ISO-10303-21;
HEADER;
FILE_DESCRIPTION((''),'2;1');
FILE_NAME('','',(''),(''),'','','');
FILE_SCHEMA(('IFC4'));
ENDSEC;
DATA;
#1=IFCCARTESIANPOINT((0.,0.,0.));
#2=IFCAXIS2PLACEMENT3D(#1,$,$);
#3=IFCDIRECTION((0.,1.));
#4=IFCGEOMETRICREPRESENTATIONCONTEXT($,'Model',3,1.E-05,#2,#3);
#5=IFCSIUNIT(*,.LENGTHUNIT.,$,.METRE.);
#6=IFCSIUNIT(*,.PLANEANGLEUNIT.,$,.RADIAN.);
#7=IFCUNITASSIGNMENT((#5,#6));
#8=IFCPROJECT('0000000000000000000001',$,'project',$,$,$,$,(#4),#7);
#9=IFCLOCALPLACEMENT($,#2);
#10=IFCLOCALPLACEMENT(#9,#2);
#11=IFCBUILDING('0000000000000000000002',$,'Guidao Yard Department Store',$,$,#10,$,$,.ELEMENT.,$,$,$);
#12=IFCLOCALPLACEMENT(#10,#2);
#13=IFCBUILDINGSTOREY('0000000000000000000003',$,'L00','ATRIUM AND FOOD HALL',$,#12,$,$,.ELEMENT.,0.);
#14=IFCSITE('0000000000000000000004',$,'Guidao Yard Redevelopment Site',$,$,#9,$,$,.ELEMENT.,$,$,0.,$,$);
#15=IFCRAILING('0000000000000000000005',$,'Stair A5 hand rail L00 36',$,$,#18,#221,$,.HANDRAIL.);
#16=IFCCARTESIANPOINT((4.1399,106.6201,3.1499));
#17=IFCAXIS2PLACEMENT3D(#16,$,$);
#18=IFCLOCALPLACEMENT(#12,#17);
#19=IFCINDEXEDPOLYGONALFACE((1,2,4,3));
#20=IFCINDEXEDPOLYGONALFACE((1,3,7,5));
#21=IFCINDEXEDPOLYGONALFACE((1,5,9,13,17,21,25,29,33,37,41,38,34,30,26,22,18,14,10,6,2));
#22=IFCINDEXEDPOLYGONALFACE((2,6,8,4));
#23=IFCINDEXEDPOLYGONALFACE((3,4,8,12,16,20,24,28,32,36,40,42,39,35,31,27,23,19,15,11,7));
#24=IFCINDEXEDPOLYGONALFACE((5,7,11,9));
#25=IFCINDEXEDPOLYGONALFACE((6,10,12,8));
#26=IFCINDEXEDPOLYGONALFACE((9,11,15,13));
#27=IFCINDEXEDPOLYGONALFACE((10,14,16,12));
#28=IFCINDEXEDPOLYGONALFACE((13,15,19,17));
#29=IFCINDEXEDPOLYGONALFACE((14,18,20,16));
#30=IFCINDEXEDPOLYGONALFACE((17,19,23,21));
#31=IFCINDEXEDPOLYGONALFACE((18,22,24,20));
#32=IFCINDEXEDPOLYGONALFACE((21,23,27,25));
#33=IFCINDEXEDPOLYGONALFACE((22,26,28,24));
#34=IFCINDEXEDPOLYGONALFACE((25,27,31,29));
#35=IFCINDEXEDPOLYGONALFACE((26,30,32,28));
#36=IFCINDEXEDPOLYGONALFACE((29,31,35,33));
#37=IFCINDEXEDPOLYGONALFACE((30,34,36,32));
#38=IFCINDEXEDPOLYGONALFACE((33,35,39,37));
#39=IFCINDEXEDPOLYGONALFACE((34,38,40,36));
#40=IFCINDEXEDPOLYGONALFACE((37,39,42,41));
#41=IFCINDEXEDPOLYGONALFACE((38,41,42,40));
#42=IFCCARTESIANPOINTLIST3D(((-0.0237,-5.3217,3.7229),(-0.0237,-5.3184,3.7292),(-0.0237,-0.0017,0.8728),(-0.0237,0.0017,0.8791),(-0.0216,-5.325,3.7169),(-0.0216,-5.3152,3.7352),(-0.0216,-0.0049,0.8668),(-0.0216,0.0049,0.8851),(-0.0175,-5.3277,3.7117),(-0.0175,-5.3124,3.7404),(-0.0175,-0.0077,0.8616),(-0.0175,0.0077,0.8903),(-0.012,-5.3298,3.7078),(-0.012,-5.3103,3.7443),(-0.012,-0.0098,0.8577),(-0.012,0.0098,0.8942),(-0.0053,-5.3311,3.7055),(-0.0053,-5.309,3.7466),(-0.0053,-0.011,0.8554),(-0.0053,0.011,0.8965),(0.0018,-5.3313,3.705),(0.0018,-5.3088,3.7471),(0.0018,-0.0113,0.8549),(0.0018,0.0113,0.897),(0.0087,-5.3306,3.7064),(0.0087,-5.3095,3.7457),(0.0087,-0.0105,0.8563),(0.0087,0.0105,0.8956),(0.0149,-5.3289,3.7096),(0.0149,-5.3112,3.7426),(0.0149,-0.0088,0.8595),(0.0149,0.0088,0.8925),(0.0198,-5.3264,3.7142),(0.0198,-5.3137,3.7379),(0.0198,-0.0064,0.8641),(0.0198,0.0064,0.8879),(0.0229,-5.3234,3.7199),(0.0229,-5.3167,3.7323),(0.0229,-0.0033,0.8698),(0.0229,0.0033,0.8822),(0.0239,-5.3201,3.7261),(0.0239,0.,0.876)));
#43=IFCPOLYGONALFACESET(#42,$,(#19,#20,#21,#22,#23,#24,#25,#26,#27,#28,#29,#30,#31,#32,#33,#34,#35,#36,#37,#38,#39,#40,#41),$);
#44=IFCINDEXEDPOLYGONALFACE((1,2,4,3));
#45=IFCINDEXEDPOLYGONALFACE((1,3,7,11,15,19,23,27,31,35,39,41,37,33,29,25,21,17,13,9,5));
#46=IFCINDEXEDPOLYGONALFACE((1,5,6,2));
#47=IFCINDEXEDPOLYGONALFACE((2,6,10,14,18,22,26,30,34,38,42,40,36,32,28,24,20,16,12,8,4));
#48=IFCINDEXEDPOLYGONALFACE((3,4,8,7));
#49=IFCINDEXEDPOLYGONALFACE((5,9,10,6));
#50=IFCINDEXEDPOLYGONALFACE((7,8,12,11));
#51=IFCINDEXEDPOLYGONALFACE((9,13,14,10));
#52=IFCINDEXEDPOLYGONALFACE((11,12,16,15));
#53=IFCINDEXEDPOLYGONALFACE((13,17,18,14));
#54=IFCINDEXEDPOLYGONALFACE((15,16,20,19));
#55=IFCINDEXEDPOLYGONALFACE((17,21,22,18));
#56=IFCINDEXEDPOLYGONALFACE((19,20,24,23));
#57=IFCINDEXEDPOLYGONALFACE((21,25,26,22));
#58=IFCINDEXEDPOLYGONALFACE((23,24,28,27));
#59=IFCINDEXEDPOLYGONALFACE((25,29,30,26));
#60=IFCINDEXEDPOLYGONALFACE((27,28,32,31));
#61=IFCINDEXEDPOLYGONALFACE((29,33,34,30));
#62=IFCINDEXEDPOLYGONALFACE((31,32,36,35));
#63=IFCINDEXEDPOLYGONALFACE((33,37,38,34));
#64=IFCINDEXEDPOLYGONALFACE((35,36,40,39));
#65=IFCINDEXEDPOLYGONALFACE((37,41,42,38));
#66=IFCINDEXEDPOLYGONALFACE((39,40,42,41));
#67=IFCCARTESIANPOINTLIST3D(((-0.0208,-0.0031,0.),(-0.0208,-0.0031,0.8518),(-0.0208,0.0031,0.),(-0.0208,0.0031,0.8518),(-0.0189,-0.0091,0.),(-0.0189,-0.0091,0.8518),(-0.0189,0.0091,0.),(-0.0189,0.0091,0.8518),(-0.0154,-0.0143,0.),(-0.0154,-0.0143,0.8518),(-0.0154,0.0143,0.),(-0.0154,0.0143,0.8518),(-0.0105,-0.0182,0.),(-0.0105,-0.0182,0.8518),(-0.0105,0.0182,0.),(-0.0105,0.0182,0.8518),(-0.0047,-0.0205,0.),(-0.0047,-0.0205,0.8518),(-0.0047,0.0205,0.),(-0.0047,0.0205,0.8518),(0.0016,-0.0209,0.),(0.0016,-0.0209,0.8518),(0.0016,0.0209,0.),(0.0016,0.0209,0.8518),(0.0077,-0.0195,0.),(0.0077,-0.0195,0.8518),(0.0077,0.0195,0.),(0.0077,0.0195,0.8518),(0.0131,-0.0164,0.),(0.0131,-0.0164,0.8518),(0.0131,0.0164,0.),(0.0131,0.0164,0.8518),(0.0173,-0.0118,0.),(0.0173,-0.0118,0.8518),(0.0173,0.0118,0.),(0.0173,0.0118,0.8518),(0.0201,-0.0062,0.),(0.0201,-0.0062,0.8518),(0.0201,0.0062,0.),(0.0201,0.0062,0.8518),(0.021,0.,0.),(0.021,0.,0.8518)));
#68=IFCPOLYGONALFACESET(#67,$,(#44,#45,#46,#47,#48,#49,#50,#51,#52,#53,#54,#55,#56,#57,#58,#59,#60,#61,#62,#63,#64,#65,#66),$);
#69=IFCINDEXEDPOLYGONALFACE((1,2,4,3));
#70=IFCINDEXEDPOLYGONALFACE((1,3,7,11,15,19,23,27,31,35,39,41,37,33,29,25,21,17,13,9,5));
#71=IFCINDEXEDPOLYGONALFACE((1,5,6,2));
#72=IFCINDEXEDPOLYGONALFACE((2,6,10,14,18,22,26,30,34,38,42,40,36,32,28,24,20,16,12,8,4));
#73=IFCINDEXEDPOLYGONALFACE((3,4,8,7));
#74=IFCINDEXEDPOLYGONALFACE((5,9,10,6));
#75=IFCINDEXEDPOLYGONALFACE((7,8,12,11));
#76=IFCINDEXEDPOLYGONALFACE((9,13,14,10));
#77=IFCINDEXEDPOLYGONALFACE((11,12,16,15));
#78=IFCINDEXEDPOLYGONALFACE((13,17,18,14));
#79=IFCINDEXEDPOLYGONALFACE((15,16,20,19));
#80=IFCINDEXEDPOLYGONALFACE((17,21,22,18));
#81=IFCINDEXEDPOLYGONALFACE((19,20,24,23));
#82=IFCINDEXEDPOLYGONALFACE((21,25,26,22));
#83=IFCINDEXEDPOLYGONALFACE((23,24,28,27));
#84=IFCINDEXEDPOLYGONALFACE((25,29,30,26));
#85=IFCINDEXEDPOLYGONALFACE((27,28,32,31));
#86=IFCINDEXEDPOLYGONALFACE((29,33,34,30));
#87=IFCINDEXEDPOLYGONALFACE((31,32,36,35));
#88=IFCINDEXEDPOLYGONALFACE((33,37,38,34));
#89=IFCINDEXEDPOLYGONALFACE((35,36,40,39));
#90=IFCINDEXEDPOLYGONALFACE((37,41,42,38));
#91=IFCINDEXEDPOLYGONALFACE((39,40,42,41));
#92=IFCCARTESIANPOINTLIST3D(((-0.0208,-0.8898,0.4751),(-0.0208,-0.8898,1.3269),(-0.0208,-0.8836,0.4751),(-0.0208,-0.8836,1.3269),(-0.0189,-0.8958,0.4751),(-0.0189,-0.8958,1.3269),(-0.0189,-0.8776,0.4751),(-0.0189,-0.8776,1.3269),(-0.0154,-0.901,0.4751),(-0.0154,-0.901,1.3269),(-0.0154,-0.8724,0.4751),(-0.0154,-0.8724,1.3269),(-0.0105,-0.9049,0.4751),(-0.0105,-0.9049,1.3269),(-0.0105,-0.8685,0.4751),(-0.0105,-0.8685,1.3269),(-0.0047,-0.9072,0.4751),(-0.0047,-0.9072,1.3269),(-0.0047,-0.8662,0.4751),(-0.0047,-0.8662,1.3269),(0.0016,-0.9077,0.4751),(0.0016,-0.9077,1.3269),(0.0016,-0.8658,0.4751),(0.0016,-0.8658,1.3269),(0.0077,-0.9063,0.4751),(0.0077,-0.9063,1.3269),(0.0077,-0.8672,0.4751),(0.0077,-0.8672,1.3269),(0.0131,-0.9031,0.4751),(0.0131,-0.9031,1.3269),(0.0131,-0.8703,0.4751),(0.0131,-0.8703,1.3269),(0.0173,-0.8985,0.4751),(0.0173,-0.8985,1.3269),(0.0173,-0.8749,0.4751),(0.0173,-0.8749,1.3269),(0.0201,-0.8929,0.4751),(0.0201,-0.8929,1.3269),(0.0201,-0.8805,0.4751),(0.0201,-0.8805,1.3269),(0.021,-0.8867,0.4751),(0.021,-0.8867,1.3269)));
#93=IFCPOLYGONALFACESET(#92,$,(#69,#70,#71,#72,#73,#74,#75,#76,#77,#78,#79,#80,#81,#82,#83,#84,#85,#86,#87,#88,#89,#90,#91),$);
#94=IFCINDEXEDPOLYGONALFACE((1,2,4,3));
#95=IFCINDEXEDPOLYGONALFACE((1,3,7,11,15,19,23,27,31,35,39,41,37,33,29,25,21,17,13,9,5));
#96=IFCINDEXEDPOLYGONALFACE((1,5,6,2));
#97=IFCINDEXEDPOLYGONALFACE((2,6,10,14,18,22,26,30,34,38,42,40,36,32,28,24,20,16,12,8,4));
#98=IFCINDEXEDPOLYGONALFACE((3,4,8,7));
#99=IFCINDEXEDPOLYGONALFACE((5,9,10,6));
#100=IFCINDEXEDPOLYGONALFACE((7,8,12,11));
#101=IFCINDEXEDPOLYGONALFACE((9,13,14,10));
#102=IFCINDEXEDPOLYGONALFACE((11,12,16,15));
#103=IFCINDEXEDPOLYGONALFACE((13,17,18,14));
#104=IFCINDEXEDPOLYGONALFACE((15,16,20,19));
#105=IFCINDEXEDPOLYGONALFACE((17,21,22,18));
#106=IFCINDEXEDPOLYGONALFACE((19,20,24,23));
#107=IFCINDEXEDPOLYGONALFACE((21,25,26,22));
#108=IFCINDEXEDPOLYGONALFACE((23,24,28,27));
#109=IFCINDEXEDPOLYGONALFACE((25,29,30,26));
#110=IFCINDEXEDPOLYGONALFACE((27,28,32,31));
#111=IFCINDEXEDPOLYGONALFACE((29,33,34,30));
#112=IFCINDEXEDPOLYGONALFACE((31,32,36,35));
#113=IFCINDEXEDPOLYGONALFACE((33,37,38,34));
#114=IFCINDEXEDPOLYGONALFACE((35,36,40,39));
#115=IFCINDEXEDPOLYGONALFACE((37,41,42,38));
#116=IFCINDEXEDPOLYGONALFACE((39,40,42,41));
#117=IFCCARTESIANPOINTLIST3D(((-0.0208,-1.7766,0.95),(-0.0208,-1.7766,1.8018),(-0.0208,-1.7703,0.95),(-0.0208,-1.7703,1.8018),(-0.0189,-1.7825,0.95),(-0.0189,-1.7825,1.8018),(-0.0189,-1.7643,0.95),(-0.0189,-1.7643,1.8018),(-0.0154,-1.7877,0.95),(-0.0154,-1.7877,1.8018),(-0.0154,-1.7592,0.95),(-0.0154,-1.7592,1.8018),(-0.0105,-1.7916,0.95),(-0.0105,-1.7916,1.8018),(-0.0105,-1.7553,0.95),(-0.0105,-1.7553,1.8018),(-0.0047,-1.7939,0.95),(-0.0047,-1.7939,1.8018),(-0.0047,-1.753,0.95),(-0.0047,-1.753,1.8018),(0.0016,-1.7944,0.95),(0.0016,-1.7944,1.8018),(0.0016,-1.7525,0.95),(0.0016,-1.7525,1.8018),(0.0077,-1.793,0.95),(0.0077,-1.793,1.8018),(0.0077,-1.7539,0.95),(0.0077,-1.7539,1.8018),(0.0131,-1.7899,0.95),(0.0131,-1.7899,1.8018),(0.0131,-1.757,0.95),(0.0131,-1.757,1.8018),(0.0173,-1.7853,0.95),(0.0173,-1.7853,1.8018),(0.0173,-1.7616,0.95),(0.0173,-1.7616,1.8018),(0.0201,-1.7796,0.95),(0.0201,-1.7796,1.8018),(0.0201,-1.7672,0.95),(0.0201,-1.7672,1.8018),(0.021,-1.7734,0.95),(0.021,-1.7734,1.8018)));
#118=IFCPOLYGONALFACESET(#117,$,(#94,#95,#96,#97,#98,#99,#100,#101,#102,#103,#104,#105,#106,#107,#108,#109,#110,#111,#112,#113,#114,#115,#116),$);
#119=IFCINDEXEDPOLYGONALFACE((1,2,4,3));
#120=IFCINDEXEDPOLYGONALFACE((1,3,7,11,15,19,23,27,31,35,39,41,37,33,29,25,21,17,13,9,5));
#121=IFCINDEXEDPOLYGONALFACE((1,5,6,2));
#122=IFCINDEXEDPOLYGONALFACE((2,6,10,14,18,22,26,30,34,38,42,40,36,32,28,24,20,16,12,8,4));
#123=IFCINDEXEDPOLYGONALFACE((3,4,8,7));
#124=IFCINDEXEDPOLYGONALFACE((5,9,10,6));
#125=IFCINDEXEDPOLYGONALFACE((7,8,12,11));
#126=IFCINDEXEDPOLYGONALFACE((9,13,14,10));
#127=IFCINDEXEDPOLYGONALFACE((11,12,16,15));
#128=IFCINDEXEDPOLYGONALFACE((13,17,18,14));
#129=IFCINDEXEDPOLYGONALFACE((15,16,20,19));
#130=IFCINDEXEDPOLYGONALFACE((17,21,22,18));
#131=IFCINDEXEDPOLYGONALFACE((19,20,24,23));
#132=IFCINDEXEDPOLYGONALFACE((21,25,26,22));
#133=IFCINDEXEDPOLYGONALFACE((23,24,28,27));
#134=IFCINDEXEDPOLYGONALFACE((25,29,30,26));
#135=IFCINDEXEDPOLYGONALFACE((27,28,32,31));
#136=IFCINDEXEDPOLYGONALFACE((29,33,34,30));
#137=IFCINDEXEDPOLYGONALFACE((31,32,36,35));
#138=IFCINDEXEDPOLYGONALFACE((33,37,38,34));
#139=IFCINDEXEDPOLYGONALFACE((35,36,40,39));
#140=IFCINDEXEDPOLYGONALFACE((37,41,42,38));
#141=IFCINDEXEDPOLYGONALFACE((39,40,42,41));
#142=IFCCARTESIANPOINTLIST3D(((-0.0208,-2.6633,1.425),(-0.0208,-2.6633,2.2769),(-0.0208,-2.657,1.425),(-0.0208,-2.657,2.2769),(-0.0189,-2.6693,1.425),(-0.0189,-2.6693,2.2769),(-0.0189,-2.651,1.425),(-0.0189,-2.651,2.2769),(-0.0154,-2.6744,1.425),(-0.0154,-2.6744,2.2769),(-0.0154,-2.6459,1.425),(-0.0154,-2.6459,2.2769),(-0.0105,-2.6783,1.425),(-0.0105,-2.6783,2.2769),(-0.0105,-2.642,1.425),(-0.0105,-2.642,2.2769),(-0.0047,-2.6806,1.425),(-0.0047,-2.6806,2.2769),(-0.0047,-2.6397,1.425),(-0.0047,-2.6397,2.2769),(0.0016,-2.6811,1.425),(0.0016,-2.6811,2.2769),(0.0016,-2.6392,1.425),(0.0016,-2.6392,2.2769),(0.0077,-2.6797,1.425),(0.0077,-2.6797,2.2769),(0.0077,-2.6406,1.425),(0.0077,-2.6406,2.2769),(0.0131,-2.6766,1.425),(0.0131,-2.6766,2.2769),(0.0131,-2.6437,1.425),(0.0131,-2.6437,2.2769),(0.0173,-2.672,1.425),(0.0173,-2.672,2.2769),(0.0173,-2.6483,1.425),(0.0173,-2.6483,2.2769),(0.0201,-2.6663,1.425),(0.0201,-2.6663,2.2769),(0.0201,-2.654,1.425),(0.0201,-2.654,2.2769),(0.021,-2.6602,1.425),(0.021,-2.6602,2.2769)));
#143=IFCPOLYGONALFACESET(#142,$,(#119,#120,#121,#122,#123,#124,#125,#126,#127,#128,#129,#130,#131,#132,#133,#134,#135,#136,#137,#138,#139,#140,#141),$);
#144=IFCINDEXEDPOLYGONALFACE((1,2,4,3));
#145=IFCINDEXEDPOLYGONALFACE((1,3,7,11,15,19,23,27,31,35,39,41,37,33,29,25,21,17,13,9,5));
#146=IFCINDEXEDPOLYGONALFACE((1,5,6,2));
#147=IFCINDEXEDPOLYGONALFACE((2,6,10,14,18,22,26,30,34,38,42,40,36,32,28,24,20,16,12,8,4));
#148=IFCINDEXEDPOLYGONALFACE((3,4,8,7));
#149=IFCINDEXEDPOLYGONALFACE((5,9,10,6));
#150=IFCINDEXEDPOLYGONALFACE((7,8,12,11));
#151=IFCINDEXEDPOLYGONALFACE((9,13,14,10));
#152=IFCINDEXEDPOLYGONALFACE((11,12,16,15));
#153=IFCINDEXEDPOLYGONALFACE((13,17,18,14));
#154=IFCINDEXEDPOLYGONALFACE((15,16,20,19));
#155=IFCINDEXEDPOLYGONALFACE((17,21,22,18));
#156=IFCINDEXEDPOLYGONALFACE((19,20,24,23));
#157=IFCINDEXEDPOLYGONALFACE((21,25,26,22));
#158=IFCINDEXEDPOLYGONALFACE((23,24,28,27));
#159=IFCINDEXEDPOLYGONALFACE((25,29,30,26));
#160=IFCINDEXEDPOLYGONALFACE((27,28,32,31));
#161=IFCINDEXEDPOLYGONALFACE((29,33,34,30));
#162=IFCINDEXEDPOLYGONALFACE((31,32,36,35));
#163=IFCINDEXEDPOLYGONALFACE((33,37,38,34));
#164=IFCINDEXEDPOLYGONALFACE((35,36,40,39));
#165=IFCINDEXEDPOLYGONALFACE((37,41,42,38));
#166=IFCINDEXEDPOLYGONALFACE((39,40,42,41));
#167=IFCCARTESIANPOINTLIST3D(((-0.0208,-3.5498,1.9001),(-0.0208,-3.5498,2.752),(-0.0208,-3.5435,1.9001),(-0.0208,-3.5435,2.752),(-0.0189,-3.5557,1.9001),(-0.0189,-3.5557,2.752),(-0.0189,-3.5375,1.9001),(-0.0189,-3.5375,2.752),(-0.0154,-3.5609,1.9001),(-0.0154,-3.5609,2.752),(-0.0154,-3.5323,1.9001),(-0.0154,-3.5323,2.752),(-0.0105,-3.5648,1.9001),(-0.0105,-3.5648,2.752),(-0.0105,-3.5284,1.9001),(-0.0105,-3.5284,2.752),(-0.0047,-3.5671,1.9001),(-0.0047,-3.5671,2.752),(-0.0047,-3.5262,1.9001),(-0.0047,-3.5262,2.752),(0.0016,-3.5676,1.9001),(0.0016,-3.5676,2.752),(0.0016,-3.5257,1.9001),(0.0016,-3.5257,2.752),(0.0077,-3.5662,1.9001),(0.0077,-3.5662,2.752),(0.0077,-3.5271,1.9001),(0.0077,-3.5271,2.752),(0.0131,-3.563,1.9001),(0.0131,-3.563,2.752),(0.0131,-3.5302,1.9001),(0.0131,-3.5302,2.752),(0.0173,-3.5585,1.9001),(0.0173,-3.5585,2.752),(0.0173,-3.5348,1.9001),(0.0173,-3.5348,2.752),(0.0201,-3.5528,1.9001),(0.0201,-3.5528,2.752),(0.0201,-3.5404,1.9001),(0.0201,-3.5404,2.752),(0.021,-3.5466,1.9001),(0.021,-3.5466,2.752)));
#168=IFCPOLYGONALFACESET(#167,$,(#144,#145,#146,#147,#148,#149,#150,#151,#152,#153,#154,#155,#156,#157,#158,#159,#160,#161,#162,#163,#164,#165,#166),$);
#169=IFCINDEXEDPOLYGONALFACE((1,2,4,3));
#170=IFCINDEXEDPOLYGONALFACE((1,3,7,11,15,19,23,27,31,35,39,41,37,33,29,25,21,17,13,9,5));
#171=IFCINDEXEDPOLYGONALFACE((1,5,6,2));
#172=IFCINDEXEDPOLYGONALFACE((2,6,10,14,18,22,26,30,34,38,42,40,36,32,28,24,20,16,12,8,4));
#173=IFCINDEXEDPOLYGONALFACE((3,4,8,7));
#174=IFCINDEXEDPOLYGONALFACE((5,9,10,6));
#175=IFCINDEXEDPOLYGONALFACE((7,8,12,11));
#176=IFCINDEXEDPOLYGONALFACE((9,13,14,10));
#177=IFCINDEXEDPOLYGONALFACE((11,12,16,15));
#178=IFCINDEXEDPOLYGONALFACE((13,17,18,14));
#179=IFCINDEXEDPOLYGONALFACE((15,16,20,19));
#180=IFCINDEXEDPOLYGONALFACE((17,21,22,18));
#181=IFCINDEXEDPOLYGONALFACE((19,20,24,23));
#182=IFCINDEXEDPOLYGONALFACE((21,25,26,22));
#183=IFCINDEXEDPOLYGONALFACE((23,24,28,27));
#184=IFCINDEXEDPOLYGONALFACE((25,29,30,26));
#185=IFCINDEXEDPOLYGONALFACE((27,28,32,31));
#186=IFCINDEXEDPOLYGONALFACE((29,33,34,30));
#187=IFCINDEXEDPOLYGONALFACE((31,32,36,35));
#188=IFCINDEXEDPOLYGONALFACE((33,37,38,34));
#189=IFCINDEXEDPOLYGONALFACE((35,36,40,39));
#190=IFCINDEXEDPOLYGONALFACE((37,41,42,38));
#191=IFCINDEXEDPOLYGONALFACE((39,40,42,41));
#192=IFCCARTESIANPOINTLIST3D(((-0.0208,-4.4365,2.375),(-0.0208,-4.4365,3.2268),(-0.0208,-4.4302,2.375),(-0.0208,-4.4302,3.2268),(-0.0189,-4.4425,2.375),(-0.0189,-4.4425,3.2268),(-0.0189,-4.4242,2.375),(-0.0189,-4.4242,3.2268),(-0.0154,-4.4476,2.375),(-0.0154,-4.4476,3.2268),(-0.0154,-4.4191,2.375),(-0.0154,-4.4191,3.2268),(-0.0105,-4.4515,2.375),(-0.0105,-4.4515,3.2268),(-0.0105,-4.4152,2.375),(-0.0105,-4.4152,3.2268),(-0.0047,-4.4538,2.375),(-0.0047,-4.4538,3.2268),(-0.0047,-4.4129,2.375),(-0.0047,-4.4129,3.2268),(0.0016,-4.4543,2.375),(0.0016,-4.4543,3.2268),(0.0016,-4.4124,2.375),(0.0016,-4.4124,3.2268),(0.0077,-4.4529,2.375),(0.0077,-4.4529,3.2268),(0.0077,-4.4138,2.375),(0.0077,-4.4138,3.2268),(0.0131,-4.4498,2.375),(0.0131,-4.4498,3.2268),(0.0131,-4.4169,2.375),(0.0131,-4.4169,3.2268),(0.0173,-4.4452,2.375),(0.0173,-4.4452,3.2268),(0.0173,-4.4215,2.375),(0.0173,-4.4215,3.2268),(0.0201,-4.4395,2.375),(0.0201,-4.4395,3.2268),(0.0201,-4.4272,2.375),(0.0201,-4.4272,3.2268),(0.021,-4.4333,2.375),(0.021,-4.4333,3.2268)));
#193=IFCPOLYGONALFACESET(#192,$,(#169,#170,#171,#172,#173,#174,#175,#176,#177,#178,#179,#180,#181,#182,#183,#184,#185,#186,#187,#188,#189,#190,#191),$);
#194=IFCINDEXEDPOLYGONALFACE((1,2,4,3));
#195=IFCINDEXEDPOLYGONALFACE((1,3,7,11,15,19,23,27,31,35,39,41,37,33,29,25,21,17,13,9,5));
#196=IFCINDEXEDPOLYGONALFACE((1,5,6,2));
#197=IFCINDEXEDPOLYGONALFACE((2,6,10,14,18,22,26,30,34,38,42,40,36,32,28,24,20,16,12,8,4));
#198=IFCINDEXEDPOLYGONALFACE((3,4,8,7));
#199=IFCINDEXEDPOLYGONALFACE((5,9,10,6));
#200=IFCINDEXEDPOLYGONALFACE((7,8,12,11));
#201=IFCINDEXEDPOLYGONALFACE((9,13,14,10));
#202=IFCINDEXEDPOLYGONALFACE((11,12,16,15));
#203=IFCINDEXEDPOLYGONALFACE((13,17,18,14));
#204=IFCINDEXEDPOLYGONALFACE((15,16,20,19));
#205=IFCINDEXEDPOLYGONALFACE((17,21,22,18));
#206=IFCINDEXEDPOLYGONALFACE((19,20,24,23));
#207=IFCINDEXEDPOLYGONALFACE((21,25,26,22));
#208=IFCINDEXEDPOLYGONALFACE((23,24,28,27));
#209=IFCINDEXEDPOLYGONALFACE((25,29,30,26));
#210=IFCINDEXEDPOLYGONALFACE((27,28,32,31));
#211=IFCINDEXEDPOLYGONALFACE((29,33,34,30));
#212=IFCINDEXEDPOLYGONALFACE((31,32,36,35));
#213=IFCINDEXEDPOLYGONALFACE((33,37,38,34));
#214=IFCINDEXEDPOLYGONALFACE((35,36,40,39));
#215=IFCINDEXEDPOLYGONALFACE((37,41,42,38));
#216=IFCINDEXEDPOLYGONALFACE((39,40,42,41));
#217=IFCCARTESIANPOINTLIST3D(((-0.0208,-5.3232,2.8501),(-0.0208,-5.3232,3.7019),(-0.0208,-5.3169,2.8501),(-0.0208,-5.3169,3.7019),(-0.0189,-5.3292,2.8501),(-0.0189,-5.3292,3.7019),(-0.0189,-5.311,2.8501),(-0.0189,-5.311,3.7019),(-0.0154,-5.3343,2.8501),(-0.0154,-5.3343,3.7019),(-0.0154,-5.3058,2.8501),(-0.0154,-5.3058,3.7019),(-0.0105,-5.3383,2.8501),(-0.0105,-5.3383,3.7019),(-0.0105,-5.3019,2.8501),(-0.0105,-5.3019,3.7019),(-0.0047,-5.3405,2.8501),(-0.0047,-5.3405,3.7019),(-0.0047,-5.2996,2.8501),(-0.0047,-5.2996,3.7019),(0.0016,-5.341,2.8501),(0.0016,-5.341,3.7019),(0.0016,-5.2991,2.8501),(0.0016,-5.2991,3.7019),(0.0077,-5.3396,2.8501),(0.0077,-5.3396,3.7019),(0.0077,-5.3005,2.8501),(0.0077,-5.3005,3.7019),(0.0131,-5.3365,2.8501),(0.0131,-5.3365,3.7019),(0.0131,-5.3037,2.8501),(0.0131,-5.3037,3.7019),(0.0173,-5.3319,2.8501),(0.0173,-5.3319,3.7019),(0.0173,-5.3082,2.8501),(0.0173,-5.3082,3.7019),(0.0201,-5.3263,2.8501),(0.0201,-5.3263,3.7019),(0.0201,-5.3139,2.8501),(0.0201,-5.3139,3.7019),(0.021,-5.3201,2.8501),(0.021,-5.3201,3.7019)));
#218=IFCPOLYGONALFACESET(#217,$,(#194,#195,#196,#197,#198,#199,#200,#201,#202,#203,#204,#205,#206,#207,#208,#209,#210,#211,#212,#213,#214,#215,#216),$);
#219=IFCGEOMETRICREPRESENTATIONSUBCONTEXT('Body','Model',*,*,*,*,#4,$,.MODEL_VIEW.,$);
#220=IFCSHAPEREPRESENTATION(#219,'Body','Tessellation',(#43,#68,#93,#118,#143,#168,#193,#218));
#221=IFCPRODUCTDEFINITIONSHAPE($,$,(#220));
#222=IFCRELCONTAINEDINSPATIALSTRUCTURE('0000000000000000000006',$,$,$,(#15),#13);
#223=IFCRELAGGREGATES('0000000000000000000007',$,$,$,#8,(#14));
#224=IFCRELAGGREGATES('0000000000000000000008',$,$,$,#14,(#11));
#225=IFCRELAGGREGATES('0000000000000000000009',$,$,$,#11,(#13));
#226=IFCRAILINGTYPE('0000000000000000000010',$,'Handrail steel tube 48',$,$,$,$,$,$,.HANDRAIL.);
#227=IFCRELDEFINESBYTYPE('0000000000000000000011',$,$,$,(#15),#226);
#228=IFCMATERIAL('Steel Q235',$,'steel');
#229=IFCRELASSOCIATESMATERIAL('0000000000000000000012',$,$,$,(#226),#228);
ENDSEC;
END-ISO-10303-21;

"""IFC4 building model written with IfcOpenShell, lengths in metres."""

from ifc_helpers import new_model, si_unit, direction, frame, origin, origin_2d, place, context, subcontext, project, spatial, circle, extrude, material, type_object, element, save


model = new_model("IFC4")

# Units and contexts
model_context = context("Model", 3, precision=1e-05, world=origin(), true_north=direction((0.0, 1.0)))
body_context = subcontext(model_context, "Body", "Model", "MODEL_VIEW")
ifc_project = project(units=[si_unit("LENGTHUNIT", "METRE"), si_unit("PLANEANGLEUNIT", "RADIAN")], contexts=[model_context])

# Site, building, storey
site_placement = place(None, origin())
site = spatial("IfcSite", under=ifc_project, at=site_placement, Name="Guidao Yard Redevelopment Site", CompositionType="ELEMENT", RefElevation=0.0)
building_placement = place(site_placement, origin())
building = spatial("IfcBuilding", under=site, at=building_placement, Name="Guidao Yard Department Store", CompositionType="ELEMENT")
storey_placement = place(building_placement, origin())
storey = spatial("IfcBuildingStorey", under=building, at=storey_placement, Name="L00", Description="ATRIUM AND FOOD HALL", CompositionType="ELEMENT", Elevation=0.0)

# Railing
ifc_material_1 = material(Name="Steel Q235", Category="steel")
railing_type = type_object("IfcRailingType", Name="Handrail steel tube 48", PredefinedType="HANDRAIL", material=ifc_material_1)
railing_placement = place(storey_placement, frame((4.1399, 106.6201, 3.1499)))
element("IfcRailing", 1, at=railing_placement, inside=storey, type_object=railing_type, Name="Stair A5 hand rail L00 36", PredefinedType="HANDRAIL", context=body_context, shape_type="SweptSolid", body=[
    extrude(circle(Radius=0.0239, at=origin_2d()), frame((0.0, 0.0, 0.876), z_axis=(0.0, -0.881476, 0.472229), x_axis=(1.0, 0.0, 0.0)), (0.0, 0.0, 1.0), 6.0354),
    extrude(circle(Radius=0.021, at=origin_2d()), origin(), (0.0, 0.0, 1.0), 0.8518),
    extrude(circle(Radius=0.021, at=origin_2d()), frame((0.0, -0.8867, 0.4751)), (0.0, 0.0, 1.0), 0.8518),
    extrude(circle(Radius=0.021, at=origin_2d()), frame((0.0, -1.7734, 0.95)), (0.0, 0.0, 1.0), 0.8518),
    extrude(circle(Radius=0.021, at=origin_2d()), frame((0.0, -2.6602, 1.425)), (0.0, 0.0, 1.0), 0.8518),
    extrude(circle(Radius=0.021, at=origin_2d()), frame((0.0, -3.5466, 1.9001)), (0.0, 0.0, 1.0), 0.8518),
    extrude(circle(Radius=0.021, at=origin_2d()), frame((0.0, -4.4333, 2.375)), (0.0, 0.0, 1.0), 0.8518),
    extrude(circle(Radius=0.021, at=origin_2d()), frame((0.0, -5.3201, 2.8501)), (0.0, 0.0, 1.0), 0.8518),
])

save(model, "model.ifc")
